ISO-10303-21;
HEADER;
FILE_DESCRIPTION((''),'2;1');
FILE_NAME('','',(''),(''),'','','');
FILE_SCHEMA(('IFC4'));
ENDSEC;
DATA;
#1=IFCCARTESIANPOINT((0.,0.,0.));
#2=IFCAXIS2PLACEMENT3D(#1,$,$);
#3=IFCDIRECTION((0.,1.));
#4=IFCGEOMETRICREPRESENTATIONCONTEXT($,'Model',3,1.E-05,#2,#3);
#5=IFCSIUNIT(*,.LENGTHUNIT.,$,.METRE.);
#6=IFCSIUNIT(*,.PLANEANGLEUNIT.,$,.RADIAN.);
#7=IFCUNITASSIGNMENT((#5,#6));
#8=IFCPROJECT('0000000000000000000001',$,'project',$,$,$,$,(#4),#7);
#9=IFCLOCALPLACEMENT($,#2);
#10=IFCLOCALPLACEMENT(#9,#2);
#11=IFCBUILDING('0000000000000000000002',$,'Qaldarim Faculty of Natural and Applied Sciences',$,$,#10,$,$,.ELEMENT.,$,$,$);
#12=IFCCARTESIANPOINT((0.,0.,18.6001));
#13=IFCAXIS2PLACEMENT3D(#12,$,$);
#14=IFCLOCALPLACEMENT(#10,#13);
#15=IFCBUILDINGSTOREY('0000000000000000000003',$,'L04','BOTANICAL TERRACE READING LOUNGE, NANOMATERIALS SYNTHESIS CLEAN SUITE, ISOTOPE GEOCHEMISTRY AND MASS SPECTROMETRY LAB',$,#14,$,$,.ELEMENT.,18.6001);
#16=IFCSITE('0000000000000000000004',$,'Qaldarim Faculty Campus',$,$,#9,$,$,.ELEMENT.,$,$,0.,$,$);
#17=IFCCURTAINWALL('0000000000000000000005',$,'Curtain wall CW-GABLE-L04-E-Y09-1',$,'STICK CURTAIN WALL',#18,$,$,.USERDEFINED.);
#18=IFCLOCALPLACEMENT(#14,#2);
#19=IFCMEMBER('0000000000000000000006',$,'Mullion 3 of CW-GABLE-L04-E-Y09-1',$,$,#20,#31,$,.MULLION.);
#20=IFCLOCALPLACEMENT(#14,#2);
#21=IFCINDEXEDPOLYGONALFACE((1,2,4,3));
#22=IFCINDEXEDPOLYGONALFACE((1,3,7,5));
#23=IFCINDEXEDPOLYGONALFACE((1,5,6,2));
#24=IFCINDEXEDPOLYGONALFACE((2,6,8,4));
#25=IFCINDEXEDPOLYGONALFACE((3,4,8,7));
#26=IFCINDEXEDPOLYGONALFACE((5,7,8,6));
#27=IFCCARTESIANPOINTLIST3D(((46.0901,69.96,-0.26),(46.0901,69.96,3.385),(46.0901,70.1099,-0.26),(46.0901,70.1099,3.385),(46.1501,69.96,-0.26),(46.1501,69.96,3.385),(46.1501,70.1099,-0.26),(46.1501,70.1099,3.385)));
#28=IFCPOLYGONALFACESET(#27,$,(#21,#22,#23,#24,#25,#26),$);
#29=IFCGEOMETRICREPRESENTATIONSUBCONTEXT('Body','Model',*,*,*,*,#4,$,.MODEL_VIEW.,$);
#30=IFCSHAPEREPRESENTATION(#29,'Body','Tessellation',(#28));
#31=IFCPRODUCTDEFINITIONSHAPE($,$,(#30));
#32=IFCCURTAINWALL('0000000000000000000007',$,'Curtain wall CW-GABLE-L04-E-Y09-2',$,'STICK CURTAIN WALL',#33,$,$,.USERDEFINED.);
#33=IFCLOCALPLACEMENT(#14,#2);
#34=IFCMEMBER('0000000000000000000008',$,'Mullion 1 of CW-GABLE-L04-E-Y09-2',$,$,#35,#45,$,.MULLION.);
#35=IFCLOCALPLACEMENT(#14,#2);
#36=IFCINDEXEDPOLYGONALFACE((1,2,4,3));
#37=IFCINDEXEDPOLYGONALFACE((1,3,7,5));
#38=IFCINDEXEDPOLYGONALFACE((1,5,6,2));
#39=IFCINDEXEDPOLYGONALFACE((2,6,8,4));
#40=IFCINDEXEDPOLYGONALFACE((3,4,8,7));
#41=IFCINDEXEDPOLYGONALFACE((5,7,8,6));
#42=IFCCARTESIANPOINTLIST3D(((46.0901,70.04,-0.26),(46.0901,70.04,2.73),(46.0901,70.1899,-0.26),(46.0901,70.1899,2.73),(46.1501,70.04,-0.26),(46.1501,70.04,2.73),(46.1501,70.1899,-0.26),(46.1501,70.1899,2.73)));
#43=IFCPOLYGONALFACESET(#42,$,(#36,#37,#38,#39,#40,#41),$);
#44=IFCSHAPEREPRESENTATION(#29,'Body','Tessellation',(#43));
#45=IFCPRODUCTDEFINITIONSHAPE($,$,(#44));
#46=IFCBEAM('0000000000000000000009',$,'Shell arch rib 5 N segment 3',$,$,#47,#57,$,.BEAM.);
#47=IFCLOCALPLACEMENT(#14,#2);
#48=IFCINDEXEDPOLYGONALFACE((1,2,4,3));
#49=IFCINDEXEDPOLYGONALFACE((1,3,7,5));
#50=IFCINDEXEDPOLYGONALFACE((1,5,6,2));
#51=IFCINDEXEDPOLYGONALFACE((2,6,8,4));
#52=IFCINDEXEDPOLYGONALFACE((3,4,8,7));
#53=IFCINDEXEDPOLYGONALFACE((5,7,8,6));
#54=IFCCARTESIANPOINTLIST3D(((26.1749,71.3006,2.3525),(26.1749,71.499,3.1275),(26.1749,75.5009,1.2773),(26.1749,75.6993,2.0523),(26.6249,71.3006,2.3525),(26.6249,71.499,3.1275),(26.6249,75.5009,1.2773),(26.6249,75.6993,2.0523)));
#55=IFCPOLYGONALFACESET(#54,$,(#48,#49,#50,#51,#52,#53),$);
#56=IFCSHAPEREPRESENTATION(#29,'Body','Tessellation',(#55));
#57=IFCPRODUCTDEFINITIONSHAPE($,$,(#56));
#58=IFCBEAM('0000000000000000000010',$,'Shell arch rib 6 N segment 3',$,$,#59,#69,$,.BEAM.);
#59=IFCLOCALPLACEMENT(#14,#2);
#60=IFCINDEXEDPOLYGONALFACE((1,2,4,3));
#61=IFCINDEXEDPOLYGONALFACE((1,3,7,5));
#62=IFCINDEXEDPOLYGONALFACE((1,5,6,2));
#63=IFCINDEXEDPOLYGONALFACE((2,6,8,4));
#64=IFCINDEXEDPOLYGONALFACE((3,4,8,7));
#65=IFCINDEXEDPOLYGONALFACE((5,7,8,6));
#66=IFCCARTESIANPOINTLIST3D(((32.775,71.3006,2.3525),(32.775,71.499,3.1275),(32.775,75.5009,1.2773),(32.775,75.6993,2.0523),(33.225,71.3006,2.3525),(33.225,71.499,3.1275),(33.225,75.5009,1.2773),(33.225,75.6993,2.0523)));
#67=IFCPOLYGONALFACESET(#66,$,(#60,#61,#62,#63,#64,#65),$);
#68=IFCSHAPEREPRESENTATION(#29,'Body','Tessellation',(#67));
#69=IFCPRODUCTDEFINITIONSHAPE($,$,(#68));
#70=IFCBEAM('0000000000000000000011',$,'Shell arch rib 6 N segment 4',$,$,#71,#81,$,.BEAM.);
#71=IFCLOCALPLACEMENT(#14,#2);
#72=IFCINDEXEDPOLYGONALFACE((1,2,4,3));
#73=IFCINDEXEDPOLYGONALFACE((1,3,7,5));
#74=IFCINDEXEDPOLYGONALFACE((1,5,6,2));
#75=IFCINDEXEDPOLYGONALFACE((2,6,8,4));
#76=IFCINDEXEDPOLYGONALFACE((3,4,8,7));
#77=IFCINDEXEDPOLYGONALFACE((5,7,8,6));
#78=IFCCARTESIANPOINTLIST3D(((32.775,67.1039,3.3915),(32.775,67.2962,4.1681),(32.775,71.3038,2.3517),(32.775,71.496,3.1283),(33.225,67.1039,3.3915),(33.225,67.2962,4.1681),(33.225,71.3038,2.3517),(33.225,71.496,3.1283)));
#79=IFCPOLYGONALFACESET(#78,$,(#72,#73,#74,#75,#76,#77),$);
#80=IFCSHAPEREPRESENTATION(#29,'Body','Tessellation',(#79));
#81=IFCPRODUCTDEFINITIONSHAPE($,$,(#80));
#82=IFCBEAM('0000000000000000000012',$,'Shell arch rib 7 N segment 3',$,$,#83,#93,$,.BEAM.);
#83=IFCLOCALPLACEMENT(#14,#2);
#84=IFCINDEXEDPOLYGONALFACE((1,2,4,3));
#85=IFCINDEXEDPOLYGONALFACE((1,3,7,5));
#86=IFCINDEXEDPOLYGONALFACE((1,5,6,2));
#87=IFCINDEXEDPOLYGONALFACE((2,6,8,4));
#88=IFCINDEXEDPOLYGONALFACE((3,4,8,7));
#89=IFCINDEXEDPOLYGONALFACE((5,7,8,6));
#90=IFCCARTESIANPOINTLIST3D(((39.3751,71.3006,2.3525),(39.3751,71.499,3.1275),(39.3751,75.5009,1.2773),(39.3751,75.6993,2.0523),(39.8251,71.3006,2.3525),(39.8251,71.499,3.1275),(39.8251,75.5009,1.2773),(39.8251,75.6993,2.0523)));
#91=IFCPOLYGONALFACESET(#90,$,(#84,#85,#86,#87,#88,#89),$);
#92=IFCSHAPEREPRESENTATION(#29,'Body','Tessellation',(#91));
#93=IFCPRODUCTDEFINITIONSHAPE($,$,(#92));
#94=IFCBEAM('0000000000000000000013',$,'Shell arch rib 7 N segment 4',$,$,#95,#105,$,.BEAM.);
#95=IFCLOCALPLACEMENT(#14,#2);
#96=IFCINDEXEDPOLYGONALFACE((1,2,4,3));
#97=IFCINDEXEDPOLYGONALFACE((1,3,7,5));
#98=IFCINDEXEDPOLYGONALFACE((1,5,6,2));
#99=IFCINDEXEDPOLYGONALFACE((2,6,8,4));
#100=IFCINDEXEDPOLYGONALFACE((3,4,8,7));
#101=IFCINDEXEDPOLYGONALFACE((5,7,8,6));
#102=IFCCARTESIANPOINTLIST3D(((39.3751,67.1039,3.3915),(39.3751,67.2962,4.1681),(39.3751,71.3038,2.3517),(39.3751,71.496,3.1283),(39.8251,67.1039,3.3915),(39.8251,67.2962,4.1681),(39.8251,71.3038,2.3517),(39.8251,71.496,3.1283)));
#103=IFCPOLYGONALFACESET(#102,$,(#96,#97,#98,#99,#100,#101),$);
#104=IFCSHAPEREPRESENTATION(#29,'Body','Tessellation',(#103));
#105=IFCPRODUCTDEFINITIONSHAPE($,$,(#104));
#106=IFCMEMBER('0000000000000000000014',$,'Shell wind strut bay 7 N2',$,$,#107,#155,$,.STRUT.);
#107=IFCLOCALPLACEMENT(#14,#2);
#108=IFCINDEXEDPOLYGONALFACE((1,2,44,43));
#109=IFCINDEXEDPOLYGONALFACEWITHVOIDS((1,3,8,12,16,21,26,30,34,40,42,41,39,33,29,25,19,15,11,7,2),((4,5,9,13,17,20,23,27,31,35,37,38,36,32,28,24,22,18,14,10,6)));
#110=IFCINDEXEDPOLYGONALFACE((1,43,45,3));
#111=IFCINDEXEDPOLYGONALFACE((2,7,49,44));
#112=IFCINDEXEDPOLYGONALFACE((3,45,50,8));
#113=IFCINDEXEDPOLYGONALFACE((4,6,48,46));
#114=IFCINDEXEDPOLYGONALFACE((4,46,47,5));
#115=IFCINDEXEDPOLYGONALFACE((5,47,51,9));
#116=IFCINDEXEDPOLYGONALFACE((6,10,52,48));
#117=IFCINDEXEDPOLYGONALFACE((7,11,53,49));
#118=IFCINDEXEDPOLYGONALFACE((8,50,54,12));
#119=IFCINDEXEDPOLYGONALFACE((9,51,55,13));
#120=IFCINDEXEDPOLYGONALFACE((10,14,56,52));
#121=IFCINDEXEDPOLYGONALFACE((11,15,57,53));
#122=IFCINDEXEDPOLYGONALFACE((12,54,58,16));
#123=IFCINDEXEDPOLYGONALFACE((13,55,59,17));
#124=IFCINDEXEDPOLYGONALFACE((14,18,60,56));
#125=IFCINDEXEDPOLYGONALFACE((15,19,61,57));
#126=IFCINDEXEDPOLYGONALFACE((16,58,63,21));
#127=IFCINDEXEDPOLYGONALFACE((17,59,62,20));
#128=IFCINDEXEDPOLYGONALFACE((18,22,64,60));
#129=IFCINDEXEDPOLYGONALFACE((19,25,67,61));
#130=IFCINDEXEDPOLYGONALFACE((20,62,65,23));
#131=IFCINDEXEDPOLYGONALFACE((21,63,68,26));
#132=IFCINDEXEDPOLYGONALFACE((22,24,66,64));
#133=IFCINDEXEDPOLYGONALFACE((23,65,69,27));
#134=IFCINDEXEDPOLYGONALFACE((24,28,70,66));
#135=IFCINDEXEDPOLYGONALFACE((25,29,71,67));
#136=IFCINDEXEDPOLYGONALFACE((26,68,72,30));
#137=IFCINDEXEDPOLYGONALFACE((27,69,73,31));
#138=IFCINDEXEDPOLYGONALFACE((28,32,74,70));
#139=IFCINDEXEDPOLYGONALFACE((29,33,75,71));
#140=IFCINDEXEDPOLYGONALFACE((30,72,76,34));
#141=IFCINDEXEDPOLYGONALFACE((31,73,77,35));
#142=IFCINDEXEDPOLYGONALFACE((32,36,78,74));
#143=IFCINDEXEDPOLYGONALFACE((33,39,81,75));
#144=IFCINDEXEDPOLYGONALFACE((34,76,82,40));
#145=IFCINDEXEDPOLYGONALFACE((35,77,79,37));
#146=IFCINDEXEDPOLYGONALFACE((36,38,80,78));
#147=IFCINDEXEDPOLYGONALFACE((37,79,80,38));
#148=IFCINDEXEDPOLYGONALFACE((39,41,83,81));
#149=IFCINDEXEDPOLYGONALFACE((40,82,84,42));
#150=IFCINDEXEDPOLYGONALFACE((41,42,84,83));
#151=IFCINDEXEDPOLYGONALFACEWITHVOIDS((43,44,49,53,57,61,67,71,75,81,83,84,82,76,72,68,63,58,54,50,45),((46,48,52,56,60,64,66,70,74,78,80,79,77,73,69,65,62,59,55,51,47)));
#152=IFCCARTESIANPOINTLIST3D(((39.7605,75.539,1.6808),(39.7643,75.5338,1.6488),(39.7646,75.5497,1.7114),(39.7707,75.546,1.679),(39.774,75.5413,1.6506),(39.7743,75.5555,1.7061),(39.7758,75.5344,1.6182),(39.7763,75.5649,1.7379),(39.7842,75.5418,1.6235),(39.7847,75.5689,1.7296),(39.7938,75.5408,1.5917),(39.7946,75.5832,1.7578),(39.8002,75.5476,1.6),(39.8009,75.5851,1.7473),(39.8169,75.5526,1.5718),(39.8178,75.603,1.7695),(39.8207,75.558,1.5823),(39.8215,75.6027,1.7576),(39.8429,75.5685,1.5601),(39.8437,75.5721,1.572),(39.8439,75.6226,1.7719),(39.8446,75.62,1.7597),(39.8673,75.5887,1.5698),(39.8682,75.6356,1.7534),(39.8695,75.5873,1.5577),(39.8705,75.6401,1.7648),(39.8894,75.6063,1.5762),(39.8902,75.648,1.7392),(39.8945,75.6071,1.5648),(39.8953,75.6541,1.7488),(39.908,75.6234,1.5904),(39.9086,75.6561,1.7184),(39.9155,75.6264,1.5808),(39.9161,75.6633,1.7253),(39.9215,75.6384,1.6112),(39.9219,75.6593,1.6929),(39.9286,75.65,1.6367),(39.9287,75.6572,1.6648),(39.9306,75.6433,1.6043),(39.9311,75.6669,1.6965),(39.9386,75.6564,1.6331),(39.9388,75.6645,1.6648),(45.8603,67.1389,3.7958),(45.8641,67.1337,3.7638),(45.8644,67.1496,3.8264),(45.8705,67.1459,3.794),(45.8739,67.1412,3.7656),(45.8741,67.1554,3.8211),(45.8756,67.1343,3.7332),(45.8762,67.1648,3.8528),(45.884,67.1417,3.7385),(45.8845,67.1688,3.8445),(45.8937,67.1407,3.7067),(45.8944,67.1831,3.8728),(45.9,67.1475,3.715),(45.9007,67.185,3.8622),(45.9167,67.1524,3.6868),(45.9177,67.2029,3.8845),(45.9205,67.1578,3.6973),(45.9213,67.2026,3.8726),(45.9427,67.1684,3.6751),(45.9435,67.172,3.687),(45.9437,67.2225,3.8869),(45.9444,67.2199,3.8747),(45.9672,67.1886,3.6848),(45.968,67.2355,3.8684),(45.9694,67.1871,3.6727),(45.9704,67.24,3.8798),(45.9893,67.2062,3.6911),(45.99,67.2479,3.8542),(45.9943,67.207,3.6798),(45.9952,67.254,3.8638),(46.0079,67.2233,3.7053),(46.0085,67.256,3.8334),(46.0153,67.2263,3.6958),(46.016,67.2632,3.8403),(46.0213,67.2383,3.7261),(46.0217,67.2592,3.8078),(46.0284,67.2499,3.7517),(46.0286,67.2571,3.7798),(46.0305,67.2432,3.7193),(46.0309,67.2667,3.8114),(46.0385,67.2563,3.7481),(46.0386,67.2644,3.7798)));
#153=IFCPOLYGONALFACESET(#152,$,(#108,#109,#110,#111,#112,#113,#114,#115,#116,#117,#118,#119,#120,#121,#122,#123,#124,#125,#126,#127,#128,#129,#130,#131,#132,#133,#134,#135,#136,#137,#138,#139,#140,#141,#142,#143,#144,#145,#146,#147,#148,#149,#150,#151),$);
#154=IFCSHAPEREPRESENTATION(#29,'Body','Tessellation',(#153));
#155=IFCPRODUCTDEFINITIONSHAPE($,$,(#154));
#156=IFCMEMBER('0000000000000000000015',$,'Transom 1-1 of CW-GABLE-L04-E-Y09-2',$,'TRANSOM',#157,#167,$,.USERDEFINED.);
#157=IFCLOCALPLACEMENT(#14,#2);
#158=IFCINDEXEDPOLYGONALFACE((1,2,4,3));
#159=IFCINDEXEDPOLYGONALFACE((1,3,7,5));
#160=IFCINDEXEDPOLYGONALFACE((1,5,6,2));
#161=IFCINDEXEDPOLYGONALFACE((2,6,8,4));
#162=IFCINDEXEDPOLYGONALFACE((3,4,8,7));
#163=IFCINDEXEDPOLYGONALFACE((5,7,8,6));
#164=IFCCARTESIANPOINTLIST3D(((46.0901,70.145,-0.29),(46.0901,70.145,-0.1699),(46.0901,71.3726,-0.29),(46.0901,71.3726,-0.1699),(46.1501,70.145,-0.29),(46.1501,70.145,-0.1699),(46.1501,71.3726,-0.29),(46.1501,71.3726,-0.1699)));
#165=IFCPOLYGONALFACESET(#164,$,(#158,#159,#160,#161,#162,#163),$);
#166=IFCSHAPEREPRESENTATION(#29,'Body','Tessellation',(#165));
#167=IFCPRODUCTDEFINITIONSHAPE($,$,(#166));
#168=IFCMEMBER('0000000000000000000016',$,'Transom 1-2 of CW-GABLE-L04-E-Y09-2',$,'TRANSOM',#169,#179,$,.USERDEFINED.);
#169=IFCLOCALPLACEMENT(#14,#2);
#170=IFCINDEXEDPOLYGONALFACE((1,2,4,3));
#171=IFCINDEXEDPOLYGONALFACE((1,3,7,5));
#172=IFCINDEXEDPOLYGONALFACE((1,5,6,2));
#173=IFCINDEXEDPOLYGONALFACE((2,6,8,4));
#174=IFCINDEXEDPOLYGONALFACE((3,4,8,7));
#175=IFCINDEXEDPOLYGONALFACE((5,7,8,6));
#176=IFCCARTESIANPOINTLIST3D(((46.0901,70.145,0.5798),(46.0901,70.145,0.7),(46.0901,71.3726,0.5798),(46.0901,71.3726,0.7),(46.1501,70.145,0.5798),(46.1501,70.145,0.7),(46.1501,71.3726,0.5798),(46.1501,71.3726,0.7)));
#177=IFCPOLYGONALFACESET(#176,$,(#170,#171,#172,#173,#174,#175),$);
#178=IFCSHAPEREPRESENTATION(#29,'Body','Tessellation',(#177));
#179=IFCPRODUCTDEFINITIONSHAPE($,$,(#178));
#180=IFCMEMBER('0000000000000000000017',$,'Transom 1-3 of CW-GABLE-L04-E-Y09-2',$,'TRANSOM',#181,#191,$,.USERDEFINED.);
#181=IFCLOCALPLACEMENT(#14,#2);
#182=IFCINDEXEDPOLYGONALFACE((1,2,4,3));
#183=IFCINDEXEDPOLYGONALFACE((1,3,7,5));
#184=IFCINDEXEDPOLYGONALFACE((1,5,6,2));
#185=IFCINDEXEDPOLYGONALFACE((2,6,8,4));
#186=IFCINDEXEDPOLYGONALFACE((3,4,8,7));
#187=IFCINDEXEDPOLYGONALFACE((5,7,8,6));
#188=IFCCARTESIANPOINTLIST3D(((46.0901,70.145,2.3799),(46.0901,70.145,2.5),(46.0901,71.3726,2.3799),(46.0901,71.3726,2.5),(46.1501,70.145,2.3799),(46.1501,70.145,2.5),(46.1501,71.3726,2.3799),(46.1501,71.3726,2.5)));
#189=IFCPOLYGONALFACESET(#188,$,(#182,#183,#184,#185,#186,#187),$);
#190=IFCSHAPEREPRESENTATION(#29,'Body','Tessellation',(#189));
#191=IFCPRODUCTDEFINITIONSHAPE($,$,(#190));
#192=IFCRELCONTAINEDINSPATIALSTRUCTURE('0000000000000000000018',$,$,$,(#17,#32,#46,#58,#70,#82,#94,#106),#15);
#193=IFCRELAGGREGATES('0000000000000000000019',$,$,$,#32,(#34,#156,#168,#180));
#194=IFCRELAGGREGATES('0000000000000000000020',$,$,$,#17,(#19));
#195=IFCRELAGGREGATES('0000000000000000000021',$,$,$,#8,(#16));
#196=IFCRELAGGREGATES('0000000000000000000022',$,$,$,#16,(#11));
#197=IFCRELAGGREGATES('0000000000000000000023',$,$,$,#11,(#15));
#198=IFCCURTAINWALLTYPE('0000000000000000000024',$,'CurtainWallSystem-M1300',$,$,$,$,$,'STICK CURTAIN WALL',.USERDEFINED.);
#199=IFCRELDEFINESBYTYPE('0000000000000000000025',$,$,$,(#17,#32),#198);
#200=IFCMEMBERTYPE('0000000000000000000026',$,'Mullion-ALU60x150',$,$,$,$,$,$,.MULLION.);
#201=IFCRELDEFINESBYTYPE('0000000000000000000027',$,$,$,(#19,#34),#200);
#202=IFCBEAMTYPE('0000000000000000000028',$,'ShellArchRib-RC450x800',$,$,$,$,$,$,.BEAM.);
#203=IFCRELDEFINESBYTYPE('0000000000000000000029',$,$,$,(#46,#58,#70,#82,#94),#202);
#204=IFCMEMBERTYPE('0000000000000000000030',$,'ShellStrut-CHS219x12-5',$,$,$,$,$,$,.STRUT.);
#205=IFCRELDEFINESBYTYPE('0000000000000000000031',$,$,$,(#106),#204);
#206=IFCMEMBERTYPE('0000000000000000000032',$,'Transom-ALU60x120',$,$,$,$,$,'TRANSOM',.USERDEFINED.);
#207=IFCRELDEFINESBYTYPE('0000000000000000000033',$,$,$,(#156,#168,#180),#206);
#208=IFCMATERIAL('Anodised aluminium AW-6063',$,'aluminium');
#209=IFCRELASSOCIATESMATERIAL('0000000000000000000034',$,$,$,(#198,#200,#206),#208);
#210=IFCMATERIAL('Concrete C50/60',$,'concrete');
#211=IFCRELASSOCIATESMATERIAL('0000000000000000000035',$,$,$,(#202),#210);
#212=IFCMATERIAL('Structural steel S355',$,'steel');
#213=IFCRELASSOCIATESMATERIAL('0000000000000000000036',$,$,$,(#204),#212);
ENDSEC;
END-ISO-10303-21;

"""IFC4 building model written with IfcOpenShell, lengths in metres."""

from ifc_helpers import new_model, si_unit, direction, frame, origin, origin_2d, place, context, subcontext, project, spatial, rectangle, hollow_circle, extrude, material, material_profile, profile_set, type_object, element, aggregate, save


model = new_model("IFC4")

# Units and contexts
model_context = context("Model", 3, precision=1e-05, world=origin(), true_north=direction((0.0, 1.0)))
body_context = subcontext(model_context, "Body", "Model", "MODEL_VIEW")
ifc_project = project(units=[si_unit("LENGTHUNIT", "METRE"), si_unit("PLANEANGLEUNIT", "RADIAN")], contexts=[model_context])

# Site, building, storey
site_placement = place(None, origin())
site = spatial("IfcSite", under=ifc_project, at=site_placement, Name="Qaldarim Faculty Campus", CompositionType="ELEMENT", RefElevation=0.0)
building_placement = place(site_placement, origin())
building = spatial("IfcBuilding", under=site, at=building_placement, Name="Qaldarim Faculty of Natural and Applied Sciences", CompositionType="ELEMENT")
storey_placement = place(building_placement, frame((0.0, 0.0, 18.6001)))
storey = spatial("IfcBuildingStorey", under=building, at=storey_placement, Name="L04", Description="BOTANICAL TERRACE READING LOUNGE, NANOMATERIALS SYNTHESIS CLEAN SUITE, ISOTOPE GEOCHEMISTRY AND MASS SPECTROMETRY LAB", CompositionType="ELEMENT", Elevation=18.6001)

# Curtain walls, members
ifc_material_1 = material(Name="Anodised aluminium AW-6063", Category="aluminium")
curtain_wall_type = type_object("IfcCurtainWallType", Name="CurtainWallSystem-M1300", ElementType="STICK CURTAIN WALL", PredefinedType="USERDEFINED", material=ifc_material_1)
curtain_wall_1_placement = place(storey_placement, origin())
curtain_wall_1 = element("IfcCurtainWall", 1, at=curtain_wall_1_placement, inside=storey, type_object=curtain_wall_type, Name="Curtain wall CW-GABLE-L04-E-Y09-1", ObjectType="STICK CURTAIN WALL", PredefinedType="USERDEFINED")
ifc_material_profile_1 = material_profile(ifc_material_1, rectangle(XDim=0.0601, YDim=0.1499, at=origin_2d()), Name="ALU-M60x150")
ifc_profile_set_1 = profile_set([ifc_material_profile_1], Name="Anodised aluminium AW-6063")
member_type_1 = type_object("IfcMemberType", Name="Mullion-ALU60x150", PredefinedType="MULLION", material=ifc_profile_set_1)
member_1_placement = place(storey_placement, frame((46.1201, 70.0349, -0.26), z_axis=(0.0, 0.0, 1.0), x_axis=(-1.0, 0.0, 0.0)))
member_1 = element("IfcMember", 2, at=member_1_placement, type_object=member_type_1, Name="Mullion 3 of CW-GABLE-L04-E-Y09-1", PredefinedType="MULLION", context=body_context, shape_type="SweptSolid", body=[
    extrude(rectangle(XDim=0.0601, YDim=0.1499, at=origin_2d()), origin(), (0.0, 0.0, 1.0), 3.645),
])
curtain_wall_2_placement = place(storey_placement, origin())
curtain_wall_2 = element("IfcCurtainWall", 3, at=curtain_wall_2_placement, inside=storey, type_object=curtain_wall_type, Name="Curtain wall CW-GABLE-L04-E-Y09-2", ObjectType="STICK CURTAIN WALL", PredefinedType="USERDEFINED")
member_2_placement = place(storey_placement, frame((46.1201, 70.115, -0.26), z_axis=(0.0, 0.0, 1.0), x_axis=(-1.0, 0.0, 0.0)))
member_2 = element("IfcMember", 4, at=member_2_placement, type_object=member_type_1, Name="Mullion 1 of CW-GABLE-L04-E-Y09-2", PredefinedType="MULLION", context=body_context, shape_type="SweptSolid", body=[
    extrude(rectangle(XDim=0.0601, YDim=0.1499, at=origin_2d()), origin(), (0.0, 0.0, 1.0), 2.99),
])

# Beams
ifc_material_2 = material(Name="Concrete C50/60", Category="concrete")
ifc_material_profile_2 = material_profile(ifc_material_2, rectangle(XDim=0.45, YDim=0.8, at=origin_2d()), Name="RC-RIB450x800")
ifc_profile_set_2 = profile_set([ifc_material_profile_2], Name="Concrete C50/60")
beam_type = type_object("IfcBeamType", Name="ShellArchRib-RC450x800", PredefinedType="BEAM", material=ifc_profile_set_2)
for number, where, z_axis, x_axis, name in (
    (5, (26.3999, 75.6001, 1.6648), (0.0, -0.968762, 0.247991), (1.0, 0.0, 0.0), "Shell arch rib 5 N segment 3"),
    (6, (33.0, 75.6001, 1.6648), (0.0, -0.968762, 0.247991), (1.0, 0.0, 0.0), "Shell arch rib 6 N segment 3"),
):
    element("IfcBeam", number, at=place(storey_placement, frame(where, z_axis=z_axis, x_axis=x_axis)), inside=storey, type_object=beam_type, Name=name, PredefinedType="BEAM", context=body_context, shape_type="SweptSolid", body=[
        extrude(rectangle(XDim=0.45, YDim=0.8, at=origin_2d()), origin(), (0.0, 0.0, 1.0), 4.3357),
    ])
beam_1_placement = place(storey_placement, frame((33.0, 71.3999, 2.74), z_axis=(0.0, -0.970694, 0.240318), x_axis=(1.0, 0.0, 0.0)))
element("IfcBeam", 7, at=beam_1_placement, inside=storey, type_object=beam_type, Name="Shell arch rib 6 N segment 4", PredefinedType="BEAM", context=body_context, shape_type="SweptSolid", body=[
    extrude(rectangle(XDim=0.45, YDim=0.8, at=origin_2d()), origin(), (0.0, 0.0, 1.0), 4.3267),
])
beam_2_placement = place(storey_placement, frame((39.6001, 75.6001, 1.6648), z_axis=(0.0, -0.968762, 0.247991), x_axis=(1.0, 0.0, 0.0)))
element("IfcBeam", 8, at=beam_2_placement, inside=storey, type_object=beam_type, Name="Shell arch rib 7 N segment 3", PredefinedType="BEAM", context=body_context, shape_type="SweptSolid", body=[
    extrude(rectangle(XDim=0.45, YDim=0.8, at=origin_2d()), origin(), (0.0, 0.0, 1.0), 4.3357),
])
beam_3_placement = place(storey_placement, frame((39.6001, 71.3999, 2.74), z_axis=(0.0, -0.970694, 0.240318), x_axis=(1.0, 0.0, 0.0)))
element("IfcBeam", 9, at=beam_3_placement, inside=storey, type_object=beam_type, Name="Shell arch rib 7 N segment 4", PredefinedType="BEAM", context=body_context, shape_type="SweptSolid", body=[
    extrude(rectangle(XDim=0.45, YDim=0.8, at=origin_2d()), origin(), (0.0, 0.0, 1.0), 4.3267),
])

# Members
ifc_material_3 = material(Name="Structural steel S355", Category="steel")
ifc_material_profile_3 = material_profile(ifc_material_3, hollow_circle(Radius=0.1096, WallThickness=0.0125, at=origin_2d()), Name="CHS 219.1x12.5")
ifc_profile_set_3 = profile_set([ifc_material_profile_3], Name="Structural steel S355")
member_type_2 = type_object("IfcMemberType", Name="ShellStrut-CHS219x12-5", PredefinedType="STRUT", material=ifc_profile_set_3)
member_3_placement = place(storey_placement, frame((39.8501, 75.6001, 1.6648), z_axis=(0.575756, -0.792877, 0.199631), x_axis=(0.809164, 0.587583, 0.0)))
element("IfcMember", 10, at=member_3_placement, inside=storey, type_object=member_type_2, Name="Shell wind strut bay 7 N2", PredefinedType="STRUT", context=body_context, shape_type="SweptSolid", body=[
    extrude(hollow_circle(Radius=0.1096, WallThickness=0.0125, at=origin_2d()), origin(), (0.0, 0.0, 1.0), 10.5945),
])
ifc_material_profile_4 = material_profile(ifc_material_1, rectangle(XDim=0.0601, YDim=0.1201, at=origin_2d()), Name="ALU-T60x120")
ifc_profile_set_4 = profile_set([ifc_material_profile_4], Name="Anodised aluminium AW-6063")
member_type_3 = type_object("IfcMemberType", Name="Transom-ALU60x120", ElementType="TRANSOM", PredefinedType="USERDEFINED", material=ifc_profile_set_4)
member_4_placement = place(storey_placement, frame((46.1201, 70.145, -0.23), z_axis=(0.0, 1.0, 0.0), x_axis=(-1.0, 0.0, 0.0)))
member_4 = element("IfcMember", 11, at=member_4_placement, type_object=member_type_3, Name="Transom 1-1 of CW-GABLE-L04-E-Y09-2", ObjectType="TRANSOM", PredefinedType="USERDEFINED", context=body_context, shape_type="SweptSolid", body=[
    extrude(rectangle(XDim=0.0601, YDim=0.1201, at=origin_2d()), origin(), (0.0, 0.0, 1.0), 1.2275),
])
member_5_placement = place(storey_placement, frame((46.1201, 70.145, 0.6399), z_axis=(0.0, 1.0, 0.0), x_axis=(-1.0, 0.0, 0.0)))
member_5 = element("IfcMember", 12, at=member_5_placement, type_object=member_type_3, Name="Transom 1-2 of CW-GABLE-L04-E-Y09-2", ObjectType="TRANSOM", PredefinedType="USERDEFINED", context=body_context, shape_type="SweptSolid", body=[
    extrude(rectangle(XDim=0.0601, YDim=0.1201, at=origin_2d()), origin(), (0.0, 0.0, 1.0), 1.2275),
])
member_6_placement = place(storey_placement, frame((46.1201, 70.145, 2.4399), z_axis=(0.0, 1.0, 0.0), x_axis=(-1.0, 0.0, 0.0)))
member_6 = element("IfcMember", 13, at=member_6_placement, type_object=member_type_3, Name="Transom 1-3 of CW-GABLE-L04-E-Y09-2", ObjectType="TRANSOM", PredefinedType="USERDEFINED", context=body_context, shape_type="SweptSolid", body=[
    extrude(rectangle(XDim=0.0601, YDim=0.1201, at=origin_2d()), origin(), (0.0, 0.0, 1.0), 1.2275),
])
aggregate(curtain_wall_2, [member_2, member_4, member_5, member_6])

aggregate(curtain_wall_1, [member_1])

save(model, "model.ifc")
